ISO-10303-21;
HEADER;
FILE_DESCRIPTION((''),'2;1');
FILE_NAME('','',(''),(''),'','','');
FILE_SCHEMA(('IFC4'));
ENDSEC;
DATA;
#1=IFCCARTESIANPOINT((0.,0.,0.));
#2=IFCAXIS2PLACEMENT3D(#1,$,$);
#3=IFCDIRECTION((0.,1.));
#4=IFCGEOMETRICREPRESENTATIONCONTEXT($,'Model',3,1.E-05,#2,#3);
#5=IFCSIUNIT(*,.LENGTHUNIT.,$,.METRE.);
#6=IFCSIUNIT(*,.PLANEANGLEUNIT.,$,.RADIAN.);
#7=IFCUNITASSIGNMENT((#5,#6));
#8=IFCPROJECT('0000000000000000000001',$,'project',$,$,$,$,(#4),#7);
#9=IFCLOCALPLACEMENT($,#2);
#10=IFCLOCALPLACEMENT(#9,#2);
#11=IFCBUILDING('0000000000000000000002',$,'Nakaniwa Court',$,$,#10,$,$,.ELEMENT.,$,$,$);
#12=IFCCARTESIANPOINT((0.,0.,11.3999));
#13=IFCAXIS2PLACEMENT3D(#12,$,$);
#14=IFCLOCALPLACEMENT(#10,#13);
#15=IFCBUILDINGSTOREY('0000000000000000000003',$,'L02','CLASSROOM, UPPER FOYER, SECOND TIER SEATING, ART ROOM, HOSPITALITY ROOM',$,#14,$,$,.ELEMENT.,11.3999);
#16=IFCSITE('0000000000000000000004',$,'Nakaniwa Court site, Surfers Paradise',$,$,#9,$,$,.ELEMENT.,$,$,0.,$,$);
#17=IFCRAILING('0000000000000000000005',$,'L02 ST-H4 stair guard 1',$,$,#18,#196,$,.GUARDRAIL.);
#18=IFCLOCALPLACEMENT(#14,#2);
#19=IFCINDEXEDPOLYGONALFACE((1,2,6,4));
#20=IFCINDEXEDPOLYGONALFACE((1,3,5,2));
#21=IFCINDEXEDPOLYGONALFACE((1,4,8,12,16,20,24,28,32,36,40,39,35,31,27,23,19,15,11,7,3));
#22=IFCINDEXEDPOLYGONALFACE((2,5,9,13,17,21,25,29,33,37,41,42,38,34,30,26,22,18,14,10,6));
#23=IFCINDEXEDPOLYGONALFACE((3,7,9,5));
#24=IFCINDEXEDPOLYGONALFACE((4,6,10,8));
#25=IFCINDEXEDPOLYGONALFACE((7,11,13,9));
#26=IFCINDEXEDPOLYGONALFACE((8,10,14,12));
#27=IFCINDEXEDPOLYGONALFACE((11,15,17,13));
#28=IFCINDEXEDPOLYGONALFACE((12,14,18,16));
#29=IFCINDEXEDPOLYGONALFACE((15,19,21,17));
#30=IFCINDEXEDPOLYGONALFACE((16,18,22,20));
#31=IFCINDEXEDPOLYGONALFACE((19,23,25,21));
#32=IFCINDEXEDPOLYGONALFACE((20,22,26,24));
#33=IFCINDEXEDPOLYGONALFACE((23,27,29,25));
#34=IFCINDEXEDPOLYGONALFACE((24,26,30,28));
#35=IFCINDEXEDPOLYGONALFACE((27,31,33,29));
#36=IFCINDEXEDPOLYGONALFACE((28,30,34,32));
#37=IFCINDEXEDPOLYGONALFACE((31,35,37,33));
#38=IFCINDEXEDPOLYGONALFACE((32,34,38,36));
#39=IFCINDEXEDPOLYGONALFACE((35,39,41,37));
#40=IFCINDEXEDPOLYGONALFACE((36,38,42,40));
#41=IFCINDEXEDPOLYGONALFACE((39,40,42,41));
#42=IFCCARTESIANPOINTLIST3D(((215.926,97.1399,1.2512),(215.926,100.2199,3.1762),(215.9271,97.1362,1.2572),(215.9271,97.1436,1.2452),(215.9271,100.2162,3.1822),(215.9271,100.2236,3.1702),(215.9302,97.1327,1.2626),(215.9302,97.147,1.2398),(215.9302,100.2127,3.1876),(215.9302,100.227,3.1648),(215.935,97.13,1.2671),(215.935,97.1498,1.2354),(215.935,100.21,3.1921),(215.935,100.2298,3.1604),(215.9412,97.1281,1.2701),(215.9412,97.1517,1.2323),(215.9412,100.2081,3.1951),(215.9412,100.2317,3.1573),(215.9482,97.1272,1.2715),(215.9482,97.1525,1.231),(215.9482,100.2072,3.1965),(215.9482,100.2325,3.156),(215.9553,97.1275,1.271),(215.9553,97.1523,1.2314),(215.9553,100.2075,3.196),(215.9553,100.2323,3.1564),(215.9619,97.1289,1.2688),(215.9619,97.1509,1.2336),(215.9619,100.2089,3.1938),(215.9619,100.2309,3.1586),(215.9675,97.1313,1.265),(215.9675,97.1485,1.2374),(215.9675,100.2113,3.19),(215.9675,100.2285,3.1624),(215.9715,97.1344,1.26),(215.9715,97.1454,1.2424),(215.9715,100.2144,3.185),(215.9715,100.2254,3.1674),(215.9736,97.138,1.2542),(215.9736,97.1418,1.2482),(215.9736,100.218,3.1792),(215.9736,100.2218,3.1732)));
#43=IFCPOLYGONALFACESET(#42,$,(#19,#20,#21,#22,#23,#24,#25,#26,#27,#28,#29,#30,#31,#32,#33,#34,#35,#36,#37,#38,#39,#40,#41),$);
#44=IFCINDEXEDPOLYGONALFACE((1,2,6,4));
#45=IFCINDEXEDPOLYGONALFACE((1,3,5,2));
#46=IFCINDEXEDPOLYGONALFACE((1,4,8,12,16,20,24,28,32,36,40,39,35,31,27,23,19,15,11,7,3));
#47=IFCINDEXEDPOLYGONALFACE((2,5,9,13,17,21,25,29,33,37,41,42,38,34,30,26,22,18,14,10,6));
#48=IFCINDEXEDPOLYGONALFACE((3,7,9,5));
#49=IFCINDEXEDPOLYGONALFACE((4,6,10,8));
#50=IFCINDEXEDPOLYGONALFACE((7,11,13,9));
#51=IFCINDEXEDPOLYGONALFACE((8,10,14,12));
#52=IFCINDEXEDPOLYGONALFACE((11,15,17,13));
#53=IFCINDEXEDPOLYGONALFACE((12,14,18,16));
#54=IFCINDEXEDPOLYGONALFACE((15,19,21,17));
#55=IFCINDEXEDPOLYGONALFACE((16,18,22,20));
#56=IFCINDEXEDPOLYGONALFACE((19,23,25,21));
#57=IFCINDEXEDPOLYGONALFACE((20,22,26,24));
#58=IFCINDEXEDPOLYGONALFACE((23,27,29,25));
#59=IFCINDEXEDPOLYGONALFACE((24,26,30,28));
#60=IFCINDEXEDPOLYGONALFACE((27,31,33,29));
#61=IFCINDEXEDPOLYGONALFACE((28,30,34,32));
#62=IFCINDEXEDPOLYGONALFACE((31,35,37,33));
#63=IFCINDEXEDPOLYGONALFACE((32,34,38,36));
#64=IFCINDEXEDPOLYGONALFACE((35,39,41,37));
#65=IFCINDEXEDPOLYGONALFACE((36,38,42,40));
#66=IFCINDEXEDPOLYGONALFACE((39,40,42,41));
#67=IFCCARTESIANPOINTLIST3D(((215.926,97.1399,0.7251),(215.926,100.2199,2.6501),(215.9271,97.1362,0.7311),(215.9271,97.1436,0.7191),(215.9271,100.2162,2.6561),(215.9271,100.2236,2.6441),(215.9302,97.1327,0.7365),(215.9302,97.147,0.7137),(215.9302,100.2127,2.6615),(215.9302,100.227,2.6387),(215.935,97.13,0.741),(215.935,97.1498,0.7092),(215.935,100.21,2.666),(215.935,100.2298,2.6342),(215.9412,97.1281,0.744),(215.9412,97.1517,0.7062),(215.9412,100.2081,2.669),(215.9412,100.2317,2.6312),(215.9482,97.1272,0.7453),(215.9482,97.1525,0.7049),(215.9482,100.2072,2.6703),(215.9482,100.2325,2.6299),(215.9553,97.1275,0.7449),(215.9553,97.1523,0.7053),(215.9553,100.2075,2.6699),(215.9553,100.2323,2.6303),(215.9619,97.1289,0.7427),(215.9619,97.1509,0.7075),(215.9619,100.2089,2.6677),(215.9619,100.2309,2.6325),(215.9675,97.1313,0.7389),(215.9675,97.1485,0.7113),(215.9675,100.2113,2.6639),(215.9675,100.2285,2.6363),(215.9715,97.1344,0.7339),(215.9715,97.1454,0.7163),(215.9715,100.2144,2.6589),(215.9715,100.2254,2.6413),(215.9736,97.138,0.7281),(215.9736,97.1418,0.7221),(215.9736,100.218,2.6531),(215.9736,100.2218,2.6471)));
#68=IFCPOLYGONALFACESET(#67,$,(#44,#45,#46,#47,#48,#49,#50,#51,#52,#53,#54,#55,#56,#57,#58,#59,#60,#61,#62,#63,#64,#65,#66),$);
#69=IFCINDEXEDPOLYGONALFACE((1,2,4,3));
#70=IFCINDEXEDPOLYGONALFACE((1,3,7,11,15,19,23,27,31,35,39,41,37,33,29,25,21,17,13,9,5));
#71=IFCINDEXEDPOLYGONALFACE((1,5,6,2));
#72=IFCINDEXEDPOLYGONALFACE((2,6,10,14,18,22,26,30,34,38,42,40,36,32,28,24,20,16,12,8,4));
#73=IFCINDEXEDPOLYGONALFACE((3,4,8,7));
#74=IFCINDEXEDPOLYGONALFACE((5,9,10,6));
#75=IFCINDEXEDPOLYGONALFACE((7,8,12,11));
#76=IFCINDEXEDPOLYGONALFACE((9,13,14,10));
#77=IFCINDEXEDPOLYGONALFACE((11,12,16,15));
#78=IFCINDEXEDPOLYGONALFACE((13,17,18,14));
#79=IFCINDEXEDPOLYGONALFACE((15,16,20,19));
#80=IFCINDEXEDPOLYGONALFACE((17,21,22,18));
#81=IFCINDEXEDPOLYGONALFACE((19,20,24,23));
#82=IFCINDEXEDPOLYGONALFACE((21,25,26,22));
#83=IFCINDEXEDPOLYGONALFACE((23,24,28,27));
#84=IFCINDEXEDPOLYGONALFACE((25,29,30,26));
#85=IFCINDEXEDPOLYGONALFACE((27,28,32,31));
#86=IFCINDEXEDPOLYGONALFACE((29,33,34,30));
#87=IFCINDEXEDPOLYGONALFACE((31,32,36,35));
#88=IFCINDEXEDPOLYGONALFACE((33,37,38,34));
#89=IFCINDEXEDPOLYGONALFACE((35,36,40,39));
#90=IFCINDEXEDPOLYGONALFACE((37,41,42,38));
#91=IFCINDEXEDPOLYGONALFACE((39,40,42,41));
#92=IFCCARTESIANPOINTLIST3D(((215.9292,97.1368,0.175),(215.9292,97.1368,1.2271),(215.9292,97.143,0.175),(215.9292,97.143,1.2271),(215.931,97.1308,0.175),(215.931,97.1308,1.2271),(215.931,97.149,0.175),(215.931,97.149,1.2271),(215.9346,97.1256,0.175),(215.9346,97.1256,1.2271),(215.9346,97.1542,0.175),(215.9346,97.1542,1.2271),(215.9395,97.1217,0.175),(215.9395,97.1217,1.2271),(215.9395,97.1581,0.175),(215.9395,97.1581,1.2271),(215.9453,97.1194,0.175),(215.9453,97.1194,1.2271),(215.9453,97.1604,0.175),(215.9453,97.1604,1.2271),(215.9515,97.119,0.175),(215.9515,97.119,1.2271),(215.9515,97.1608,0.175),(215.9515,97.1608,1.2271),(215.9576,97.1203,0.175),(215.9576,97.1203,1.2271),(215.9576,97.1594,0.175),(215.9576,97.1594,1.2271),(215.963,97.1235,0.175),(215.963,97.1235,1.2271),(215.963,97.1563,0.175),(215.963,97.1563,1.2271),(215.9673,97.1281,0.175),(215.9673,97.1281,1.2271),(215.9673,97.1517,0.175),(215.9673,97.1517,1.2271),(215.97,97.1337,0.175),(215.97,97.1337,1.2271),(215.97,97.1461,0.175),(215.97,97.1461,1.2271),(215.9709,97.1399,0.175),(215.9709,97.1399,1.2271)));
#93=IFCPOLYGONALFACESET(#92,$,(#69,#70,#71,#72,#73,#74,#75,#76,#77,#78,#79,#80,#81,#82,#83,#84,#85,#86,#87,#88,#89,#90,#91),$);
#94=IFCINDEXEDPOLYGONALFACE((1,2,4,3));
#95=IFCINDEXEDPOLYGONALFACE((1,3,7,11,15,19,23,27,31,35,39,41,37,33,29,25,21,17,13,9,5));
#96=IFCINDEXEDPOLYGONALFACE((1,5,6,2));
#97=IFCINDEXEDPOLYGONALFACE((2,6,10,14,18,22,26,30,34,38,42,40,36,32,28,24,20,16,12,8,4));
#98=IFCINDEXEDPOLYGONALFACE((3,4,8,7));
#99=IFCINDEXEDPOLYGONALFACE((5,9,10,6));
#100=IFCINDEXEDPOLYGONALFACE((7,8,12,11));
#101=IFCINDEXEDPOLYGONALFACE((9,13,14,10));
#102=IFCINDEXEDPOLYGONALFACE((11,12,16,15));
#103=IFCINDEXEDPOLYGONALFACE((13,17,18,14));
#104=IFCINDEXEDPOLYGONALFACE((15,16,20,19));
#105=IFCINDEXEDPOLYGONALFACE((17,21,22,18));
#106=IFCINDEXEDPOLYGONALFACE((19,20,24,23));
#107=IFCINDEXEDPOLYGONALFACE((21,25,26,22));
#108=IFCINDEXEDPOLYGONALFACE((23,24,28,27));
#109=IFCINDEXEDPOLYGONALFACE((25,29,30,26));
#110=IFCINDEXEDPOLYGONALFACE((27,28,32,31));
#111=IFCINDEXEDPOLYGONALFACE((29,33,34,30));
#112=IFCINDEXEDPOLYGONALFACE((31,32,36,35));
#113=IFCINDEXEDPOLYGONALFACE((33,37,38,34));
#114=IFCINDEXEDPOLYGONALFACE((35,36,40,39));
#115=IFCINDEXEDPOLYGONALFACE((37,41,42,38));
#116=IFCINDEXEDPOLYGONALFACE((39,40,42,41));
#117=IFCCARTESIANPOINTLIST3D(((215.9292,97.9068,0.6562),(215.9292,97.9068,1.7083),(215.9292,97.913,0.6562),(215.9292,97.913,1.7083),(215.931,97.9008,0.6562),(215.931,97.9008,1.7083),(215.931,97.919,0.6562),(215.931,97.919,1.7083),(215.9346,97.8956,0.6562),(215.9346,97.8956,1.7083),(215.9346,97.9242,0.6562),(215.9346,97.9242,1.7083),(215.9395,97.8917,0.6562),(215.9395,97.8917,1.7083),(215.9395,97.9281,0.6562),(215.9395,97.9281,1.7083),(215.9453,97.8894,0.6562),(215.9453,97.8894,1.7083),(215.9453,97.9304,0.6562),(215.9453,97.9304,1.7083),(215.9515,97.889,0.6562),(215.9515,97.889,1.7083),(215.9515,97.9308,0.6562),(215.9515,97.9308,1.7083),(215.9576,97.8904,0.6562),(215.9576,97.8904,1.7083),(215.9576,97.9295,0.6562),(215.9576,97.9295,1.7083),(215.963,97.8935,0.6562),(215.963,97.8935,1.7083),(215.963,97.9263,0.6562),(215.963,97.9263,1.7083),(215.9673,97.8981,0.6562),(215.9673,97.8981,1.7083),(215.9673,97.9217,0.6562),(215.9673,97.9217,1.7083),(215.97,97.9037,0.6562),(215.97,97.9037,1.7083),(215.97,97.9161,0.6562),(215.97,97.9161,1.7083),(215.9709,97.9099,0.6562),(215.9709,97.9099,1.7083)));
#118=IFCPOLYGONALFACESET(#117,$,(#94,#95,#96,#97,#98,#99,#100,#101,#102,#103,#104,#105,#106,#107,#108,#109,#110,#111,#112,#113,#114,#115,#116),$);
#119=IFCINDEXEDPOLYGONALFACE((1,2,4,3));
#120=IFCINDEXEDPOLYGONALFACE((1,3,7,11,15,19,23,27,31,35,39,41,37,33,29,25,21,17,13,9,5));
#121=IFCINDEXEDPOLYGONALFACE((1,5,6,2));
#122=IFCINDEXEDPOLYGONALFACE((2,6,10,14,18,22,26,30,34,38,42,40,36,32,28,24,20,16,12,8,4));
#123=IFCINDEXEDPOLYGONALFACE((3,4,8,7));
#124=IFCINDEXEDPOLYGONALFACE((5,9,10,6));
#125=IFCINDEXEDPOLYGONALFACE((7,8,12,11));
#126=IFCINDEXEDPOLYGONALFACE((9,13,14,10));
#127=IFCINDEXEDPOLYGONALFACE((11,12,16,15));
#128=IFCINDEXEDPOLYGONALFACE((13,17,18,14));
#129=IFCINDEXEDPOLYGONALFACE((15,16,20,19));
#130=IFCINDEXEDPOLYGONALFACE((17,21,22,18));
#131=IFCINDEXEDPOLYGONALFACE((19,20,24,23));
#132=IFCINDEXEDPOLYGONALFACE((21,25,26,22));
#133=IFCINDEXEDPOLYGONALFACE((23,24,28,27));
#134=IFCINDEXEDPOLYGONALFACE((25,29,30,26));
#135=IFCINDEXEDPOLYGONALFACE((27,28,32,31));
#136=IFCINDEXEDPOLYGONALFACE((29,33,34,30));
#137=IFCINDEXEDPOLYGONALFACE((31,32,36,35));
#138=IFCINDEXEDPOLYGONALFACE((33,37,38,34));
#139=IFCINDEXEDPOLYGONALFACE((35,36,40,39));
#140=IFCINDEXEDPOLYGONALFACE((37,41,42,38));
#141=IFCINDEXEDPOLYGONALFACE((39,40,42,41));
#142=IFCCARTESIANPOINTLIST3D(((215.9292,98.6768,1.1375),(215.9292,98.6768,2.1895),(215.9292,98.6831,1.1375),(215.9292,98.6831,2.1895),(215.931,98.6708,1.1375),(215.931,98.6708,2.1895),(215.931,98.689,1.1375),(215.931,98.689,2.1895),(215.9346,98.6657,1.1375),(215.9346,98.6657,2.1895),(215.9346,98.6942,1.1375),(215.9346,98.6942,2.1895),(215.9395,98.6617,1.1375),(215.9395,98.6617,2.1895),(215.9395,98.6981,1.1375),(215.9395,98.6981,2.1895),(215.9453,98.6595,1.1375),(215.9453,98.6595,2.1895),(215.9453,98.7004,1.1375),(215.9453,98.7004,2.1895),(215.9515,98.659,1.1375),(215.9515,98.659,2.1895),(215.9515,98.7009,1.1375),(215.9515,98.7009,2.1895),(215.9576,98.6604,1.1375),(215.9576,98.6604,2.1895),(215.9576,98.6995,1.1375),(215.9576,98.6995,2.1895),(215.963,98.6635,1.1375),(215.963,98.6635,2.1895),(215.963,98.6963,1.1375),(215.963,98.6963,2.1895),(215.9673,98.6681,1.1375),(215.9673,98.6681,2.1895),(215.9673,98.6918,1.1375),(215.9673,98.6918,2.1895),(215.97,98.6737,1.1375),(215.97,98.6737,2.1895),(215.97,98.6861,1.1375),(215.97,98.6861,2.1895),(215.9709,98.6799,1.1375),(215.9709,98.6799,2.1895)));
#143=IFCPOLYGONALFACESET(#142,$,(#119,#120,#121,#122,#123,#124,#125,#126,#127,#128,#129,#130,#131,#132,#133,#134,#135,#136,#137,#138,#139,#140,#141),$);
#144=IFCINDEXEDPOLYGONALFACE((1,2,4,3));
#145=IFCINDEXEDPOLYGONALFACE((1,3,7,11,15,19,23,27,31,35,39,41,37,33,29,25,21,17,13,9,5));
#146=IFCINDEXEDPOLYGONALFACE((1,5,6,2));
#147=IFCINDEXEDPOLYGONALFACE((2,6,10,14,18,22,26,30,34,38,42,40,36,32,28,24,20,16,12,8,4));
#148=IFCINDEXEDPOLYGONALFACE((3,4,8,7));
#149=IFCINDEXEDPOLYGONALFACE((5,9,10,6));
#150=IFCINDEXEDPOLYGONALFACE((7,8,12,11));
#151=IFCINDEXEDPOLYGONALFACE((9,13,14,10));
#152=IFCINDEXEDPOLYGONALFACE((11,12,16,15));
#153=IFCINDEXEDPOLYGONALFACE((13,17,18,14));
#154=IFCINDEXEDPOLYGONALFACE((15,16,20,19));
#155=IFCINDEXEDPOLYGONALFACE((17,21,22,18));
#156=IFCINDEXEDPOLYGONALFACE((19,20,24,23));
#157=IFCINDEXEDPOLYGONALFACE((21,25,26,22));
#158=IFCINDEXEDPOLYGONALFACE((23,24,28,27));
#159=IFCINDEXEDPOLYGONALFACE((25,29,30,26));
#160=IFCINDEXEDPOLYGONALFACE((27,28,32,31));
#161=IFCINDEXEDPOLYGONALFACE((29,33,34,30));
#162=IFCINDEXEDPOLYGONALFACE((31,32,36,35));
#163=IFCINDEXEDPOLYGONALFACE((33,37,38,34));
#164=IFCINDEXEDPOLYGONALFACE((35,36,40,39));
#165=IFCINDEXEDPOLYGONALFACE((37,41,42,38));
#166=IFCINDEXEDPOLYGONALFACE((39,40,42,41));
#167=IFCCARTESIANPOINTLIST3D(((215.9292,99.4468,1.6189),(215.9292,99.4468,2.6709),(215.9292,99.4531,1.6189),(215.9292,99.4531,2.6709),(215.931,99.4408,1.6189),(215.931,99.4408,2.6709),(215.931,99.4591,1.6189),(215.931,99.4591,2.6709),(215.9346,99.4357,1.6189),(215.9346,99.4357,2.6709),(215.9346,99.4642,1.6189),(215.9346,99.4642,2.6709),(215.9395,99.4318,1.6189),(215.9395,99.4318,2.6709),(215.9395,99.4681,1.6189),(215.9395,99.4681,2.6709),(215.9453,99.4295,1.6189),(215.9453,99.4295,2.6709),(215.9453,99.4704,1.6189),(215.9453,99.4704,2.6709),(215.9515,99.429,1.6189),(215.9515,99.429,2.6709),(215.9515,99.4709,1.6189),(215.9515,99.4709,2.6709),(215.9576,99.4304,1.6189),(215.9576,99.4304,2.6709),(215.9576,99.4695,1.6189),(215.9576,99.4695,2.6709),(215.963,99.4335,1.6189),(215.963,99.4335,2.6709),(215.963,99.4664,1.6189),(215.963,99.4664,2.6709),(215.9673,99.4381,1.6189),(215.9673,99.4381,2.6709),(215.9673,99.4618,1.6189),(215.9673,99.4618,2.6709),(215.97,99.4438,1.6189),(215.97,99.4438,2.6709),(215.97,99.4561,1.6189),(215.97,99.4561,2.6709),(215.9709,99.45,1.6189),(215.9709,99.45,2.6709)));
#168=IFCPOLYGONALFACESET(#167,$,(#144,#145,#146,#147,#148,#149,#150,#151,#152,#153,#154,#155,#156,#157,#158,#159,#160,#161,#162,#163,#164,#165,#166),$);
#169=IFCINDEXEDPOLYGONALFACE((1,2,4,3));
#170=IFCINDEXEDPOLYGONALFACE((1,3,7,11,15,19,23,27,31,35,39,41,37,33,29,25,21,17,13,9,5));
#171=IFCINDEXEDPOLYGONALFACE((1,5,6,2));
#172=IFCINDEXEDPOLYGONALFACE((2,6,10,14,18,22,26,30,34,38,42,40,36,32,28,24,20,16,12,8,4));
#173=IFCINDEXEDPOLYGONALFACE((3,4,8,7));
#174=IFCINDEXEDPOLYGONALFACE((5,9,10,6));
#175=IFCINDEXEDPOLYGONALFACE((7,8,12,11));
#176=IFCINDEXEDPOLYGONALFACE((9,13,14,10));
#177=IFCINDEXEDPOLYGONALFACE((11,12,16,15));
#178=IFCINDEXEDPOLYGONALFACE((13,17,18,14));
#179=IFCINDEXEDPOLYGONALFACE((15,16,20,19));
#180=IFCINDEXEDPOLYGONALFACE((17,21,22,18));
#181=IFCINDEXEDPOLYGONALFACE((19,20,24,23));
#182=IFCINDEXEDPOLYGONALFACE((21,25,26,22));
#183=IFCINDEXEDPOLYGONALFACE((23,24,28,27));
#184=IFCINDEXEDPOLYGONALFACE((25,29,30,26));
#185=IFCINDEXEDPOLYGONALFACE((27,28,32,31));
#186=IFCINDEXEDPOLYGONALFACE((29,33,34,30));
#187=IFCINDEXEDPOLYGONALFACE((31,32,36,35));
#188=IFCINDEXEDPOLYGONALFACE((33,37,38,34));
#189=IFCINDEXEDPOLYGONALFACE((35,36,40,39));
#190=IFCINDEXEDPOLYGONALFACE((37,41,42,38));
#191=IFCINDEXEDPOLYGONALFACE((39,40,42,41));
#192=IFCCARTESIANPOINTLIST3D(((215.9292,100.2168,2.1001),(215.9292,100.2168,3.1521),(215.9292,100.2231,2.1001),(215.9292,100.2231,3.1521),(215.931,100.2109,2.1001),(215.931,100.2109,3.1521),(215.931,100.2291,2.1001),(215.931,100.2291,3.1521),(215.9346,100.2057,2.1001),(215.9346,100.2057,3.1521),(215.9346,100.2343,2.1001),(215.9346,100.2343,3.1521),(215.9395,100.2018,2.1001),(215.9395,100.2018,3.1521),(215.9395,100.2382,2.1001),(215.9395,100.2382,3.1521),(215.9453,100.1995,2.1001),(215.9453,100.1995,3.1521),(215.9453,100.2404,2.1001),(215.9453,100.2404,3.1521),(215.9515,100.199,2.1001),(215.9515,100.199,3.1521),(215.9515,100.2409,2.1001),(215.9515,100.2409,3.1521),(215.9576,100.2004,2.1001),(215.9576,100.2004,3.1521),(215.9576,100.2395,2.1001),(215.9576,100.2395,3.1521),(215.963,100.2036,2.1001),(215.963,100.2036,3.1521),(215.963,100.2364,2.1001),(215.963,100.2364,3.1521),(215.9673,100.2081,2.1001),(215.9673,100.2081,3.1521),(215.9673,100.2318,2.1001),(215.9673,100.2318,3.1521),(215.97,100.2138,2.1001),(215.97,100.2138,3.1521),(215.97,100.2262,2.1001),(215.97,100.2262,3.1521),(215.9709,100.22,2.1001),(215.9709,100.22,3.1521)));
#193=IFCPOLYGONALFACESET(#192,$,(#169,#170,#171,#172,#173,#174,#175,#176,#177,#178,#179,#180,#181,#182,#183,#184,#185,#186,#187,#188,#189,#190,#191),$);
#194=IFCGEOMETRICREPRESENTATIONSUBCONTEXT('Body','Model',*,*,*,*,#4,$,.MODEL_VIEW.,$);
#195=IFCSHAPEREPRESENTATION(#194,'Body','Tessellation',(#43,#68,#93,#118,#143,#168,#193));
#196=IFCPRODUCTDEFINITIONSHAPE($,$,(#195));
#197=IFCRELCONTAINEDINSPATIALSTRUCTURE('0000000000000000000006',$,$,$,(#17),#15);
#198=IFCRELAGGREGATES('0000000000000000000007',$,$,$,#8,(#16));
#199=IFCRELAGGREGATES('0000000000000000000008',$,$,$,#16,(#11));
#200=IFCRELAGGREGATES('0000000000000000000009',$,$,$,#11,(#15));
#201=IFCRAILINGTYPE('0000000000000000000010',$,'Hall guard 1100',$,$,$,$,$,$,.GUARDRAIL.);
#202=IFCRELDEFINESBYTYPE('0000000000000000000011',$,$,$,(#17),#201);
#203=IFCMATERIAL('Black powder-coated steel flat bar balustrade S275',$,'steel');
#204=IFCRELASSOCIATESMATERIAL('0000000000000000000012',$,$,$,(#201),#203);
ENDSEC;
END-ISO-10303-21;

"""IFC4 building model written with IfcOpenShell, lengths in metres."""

from ifc_helpers import new_model, si_unit, direction, frame, origin, origin_2d, place, context, subcontext, project, spatial, circle, extrude, material, type_object, element, save


model = new_model("IFC4")

# Units and contexts
model_context = context("Model", 3, precision=1e-05, world=origin(), true_north=direction((0.0, 1.0)))
body_context = subcontext(model_context, "Body", "Model", "MODEL_VIEW")
ifc_project = project(units=[si_unit("LENGTHUNIT", "METRE"), si_unit("PLANEANGLEUNIT", "RADIAN")], contexts=[model_context])

# Site, building, storey
site_placement = place(None, origin())
site = spatial("IfcSite", under=ifc_project, at=site_placement, Name="Nakaniwa Court site, Surfers Paradise", CompositionType="ELEMENT", RefElevation=0.0)
building_placement = place(site_placement, origin())
building = spatial("IfcBuilding", under=site, at=building_placement, Name="Nakaniwa Court", CompositionType="ELEMENT")
storey_placement = place(building_placement, frame((0.0, 0.0, 11.3999)))
storey = spatial("IfcBuildingStorey", under=building, at=storey_placement, Name="L02", Description="CLASSROOM, UPPER FOYER, SECOND TIER SEATING, ART ROOM, HOSPITALITY ROOM", CompositionType="ELEMENT", Elevation=11.3999)

# Railing
ifc_material_1 = material(Name="Black powder-coated steel flat bar balustrade S275", Category="steel")
railing_type_1 = type_object("IfcRailingType", Name="Hall guard 1100", PredefinedType="GUARDRAIL", material=ifc_material_1)
railing_1_placement = place(storey_placement, frame((215.95, 97.1399, 0.175)))
element("IfcRailing", 1, at=railing_1_placement, inside=storey, type_object=railing_type_1, Name="L02 ST-H4 stair guard 1", PredefinedType="GUARDRAIL", context=body_context, shape_type="SweptSolid", body=[
    extrude(circle(Radius=0.0239, at=origin_2d()), frame((0.0, 0.0, 1.0762), z_axis=(0.0, 0.847998, 0.529999), x_axis=(-1.0, 0.0, 0.0)), (0.0, 0.0, 1.0), 3.6321),
    extrude(circle(Radius=0.0239, at=origin_2d()), frame((0.0, 0.0, 0.55), z_axis=(0.0, 0.847998, 0.529999), x_axis=(-1.0, 0.0, 0.0)), (0.0, 0.0, 1.0), 3.6321),
    extrude(circle(Radius=0.021, at=origin_2d()), origin(), (0.0, 0.0, 1.0), 1.052),
    extrude(circle(Radius=0.021, at=origin_2d()), frame((0.0, 0.77, 0.4812)), (0.0, 0.0, 1.0), 1.052),
    extrude(circle(Radius=0.021, at=origin_2d()), frame((0.0, 1.54, 0.9624)), (0.0, 0.0, 1.0), 1.052),
    extrude(circle(Radius=0.021, at=origin_2d()), frame((0.0, 2.3101, 1.4438)), (0.0, 0.0, 1.0), 1.052),
    extrude(circle(Radius=0.021, at=origin_2d()), frame((0.0, 3.0801, 1.925)), (0.0, 0.0, 1.0), 1.052),
])

save(model, "model.ifc")
